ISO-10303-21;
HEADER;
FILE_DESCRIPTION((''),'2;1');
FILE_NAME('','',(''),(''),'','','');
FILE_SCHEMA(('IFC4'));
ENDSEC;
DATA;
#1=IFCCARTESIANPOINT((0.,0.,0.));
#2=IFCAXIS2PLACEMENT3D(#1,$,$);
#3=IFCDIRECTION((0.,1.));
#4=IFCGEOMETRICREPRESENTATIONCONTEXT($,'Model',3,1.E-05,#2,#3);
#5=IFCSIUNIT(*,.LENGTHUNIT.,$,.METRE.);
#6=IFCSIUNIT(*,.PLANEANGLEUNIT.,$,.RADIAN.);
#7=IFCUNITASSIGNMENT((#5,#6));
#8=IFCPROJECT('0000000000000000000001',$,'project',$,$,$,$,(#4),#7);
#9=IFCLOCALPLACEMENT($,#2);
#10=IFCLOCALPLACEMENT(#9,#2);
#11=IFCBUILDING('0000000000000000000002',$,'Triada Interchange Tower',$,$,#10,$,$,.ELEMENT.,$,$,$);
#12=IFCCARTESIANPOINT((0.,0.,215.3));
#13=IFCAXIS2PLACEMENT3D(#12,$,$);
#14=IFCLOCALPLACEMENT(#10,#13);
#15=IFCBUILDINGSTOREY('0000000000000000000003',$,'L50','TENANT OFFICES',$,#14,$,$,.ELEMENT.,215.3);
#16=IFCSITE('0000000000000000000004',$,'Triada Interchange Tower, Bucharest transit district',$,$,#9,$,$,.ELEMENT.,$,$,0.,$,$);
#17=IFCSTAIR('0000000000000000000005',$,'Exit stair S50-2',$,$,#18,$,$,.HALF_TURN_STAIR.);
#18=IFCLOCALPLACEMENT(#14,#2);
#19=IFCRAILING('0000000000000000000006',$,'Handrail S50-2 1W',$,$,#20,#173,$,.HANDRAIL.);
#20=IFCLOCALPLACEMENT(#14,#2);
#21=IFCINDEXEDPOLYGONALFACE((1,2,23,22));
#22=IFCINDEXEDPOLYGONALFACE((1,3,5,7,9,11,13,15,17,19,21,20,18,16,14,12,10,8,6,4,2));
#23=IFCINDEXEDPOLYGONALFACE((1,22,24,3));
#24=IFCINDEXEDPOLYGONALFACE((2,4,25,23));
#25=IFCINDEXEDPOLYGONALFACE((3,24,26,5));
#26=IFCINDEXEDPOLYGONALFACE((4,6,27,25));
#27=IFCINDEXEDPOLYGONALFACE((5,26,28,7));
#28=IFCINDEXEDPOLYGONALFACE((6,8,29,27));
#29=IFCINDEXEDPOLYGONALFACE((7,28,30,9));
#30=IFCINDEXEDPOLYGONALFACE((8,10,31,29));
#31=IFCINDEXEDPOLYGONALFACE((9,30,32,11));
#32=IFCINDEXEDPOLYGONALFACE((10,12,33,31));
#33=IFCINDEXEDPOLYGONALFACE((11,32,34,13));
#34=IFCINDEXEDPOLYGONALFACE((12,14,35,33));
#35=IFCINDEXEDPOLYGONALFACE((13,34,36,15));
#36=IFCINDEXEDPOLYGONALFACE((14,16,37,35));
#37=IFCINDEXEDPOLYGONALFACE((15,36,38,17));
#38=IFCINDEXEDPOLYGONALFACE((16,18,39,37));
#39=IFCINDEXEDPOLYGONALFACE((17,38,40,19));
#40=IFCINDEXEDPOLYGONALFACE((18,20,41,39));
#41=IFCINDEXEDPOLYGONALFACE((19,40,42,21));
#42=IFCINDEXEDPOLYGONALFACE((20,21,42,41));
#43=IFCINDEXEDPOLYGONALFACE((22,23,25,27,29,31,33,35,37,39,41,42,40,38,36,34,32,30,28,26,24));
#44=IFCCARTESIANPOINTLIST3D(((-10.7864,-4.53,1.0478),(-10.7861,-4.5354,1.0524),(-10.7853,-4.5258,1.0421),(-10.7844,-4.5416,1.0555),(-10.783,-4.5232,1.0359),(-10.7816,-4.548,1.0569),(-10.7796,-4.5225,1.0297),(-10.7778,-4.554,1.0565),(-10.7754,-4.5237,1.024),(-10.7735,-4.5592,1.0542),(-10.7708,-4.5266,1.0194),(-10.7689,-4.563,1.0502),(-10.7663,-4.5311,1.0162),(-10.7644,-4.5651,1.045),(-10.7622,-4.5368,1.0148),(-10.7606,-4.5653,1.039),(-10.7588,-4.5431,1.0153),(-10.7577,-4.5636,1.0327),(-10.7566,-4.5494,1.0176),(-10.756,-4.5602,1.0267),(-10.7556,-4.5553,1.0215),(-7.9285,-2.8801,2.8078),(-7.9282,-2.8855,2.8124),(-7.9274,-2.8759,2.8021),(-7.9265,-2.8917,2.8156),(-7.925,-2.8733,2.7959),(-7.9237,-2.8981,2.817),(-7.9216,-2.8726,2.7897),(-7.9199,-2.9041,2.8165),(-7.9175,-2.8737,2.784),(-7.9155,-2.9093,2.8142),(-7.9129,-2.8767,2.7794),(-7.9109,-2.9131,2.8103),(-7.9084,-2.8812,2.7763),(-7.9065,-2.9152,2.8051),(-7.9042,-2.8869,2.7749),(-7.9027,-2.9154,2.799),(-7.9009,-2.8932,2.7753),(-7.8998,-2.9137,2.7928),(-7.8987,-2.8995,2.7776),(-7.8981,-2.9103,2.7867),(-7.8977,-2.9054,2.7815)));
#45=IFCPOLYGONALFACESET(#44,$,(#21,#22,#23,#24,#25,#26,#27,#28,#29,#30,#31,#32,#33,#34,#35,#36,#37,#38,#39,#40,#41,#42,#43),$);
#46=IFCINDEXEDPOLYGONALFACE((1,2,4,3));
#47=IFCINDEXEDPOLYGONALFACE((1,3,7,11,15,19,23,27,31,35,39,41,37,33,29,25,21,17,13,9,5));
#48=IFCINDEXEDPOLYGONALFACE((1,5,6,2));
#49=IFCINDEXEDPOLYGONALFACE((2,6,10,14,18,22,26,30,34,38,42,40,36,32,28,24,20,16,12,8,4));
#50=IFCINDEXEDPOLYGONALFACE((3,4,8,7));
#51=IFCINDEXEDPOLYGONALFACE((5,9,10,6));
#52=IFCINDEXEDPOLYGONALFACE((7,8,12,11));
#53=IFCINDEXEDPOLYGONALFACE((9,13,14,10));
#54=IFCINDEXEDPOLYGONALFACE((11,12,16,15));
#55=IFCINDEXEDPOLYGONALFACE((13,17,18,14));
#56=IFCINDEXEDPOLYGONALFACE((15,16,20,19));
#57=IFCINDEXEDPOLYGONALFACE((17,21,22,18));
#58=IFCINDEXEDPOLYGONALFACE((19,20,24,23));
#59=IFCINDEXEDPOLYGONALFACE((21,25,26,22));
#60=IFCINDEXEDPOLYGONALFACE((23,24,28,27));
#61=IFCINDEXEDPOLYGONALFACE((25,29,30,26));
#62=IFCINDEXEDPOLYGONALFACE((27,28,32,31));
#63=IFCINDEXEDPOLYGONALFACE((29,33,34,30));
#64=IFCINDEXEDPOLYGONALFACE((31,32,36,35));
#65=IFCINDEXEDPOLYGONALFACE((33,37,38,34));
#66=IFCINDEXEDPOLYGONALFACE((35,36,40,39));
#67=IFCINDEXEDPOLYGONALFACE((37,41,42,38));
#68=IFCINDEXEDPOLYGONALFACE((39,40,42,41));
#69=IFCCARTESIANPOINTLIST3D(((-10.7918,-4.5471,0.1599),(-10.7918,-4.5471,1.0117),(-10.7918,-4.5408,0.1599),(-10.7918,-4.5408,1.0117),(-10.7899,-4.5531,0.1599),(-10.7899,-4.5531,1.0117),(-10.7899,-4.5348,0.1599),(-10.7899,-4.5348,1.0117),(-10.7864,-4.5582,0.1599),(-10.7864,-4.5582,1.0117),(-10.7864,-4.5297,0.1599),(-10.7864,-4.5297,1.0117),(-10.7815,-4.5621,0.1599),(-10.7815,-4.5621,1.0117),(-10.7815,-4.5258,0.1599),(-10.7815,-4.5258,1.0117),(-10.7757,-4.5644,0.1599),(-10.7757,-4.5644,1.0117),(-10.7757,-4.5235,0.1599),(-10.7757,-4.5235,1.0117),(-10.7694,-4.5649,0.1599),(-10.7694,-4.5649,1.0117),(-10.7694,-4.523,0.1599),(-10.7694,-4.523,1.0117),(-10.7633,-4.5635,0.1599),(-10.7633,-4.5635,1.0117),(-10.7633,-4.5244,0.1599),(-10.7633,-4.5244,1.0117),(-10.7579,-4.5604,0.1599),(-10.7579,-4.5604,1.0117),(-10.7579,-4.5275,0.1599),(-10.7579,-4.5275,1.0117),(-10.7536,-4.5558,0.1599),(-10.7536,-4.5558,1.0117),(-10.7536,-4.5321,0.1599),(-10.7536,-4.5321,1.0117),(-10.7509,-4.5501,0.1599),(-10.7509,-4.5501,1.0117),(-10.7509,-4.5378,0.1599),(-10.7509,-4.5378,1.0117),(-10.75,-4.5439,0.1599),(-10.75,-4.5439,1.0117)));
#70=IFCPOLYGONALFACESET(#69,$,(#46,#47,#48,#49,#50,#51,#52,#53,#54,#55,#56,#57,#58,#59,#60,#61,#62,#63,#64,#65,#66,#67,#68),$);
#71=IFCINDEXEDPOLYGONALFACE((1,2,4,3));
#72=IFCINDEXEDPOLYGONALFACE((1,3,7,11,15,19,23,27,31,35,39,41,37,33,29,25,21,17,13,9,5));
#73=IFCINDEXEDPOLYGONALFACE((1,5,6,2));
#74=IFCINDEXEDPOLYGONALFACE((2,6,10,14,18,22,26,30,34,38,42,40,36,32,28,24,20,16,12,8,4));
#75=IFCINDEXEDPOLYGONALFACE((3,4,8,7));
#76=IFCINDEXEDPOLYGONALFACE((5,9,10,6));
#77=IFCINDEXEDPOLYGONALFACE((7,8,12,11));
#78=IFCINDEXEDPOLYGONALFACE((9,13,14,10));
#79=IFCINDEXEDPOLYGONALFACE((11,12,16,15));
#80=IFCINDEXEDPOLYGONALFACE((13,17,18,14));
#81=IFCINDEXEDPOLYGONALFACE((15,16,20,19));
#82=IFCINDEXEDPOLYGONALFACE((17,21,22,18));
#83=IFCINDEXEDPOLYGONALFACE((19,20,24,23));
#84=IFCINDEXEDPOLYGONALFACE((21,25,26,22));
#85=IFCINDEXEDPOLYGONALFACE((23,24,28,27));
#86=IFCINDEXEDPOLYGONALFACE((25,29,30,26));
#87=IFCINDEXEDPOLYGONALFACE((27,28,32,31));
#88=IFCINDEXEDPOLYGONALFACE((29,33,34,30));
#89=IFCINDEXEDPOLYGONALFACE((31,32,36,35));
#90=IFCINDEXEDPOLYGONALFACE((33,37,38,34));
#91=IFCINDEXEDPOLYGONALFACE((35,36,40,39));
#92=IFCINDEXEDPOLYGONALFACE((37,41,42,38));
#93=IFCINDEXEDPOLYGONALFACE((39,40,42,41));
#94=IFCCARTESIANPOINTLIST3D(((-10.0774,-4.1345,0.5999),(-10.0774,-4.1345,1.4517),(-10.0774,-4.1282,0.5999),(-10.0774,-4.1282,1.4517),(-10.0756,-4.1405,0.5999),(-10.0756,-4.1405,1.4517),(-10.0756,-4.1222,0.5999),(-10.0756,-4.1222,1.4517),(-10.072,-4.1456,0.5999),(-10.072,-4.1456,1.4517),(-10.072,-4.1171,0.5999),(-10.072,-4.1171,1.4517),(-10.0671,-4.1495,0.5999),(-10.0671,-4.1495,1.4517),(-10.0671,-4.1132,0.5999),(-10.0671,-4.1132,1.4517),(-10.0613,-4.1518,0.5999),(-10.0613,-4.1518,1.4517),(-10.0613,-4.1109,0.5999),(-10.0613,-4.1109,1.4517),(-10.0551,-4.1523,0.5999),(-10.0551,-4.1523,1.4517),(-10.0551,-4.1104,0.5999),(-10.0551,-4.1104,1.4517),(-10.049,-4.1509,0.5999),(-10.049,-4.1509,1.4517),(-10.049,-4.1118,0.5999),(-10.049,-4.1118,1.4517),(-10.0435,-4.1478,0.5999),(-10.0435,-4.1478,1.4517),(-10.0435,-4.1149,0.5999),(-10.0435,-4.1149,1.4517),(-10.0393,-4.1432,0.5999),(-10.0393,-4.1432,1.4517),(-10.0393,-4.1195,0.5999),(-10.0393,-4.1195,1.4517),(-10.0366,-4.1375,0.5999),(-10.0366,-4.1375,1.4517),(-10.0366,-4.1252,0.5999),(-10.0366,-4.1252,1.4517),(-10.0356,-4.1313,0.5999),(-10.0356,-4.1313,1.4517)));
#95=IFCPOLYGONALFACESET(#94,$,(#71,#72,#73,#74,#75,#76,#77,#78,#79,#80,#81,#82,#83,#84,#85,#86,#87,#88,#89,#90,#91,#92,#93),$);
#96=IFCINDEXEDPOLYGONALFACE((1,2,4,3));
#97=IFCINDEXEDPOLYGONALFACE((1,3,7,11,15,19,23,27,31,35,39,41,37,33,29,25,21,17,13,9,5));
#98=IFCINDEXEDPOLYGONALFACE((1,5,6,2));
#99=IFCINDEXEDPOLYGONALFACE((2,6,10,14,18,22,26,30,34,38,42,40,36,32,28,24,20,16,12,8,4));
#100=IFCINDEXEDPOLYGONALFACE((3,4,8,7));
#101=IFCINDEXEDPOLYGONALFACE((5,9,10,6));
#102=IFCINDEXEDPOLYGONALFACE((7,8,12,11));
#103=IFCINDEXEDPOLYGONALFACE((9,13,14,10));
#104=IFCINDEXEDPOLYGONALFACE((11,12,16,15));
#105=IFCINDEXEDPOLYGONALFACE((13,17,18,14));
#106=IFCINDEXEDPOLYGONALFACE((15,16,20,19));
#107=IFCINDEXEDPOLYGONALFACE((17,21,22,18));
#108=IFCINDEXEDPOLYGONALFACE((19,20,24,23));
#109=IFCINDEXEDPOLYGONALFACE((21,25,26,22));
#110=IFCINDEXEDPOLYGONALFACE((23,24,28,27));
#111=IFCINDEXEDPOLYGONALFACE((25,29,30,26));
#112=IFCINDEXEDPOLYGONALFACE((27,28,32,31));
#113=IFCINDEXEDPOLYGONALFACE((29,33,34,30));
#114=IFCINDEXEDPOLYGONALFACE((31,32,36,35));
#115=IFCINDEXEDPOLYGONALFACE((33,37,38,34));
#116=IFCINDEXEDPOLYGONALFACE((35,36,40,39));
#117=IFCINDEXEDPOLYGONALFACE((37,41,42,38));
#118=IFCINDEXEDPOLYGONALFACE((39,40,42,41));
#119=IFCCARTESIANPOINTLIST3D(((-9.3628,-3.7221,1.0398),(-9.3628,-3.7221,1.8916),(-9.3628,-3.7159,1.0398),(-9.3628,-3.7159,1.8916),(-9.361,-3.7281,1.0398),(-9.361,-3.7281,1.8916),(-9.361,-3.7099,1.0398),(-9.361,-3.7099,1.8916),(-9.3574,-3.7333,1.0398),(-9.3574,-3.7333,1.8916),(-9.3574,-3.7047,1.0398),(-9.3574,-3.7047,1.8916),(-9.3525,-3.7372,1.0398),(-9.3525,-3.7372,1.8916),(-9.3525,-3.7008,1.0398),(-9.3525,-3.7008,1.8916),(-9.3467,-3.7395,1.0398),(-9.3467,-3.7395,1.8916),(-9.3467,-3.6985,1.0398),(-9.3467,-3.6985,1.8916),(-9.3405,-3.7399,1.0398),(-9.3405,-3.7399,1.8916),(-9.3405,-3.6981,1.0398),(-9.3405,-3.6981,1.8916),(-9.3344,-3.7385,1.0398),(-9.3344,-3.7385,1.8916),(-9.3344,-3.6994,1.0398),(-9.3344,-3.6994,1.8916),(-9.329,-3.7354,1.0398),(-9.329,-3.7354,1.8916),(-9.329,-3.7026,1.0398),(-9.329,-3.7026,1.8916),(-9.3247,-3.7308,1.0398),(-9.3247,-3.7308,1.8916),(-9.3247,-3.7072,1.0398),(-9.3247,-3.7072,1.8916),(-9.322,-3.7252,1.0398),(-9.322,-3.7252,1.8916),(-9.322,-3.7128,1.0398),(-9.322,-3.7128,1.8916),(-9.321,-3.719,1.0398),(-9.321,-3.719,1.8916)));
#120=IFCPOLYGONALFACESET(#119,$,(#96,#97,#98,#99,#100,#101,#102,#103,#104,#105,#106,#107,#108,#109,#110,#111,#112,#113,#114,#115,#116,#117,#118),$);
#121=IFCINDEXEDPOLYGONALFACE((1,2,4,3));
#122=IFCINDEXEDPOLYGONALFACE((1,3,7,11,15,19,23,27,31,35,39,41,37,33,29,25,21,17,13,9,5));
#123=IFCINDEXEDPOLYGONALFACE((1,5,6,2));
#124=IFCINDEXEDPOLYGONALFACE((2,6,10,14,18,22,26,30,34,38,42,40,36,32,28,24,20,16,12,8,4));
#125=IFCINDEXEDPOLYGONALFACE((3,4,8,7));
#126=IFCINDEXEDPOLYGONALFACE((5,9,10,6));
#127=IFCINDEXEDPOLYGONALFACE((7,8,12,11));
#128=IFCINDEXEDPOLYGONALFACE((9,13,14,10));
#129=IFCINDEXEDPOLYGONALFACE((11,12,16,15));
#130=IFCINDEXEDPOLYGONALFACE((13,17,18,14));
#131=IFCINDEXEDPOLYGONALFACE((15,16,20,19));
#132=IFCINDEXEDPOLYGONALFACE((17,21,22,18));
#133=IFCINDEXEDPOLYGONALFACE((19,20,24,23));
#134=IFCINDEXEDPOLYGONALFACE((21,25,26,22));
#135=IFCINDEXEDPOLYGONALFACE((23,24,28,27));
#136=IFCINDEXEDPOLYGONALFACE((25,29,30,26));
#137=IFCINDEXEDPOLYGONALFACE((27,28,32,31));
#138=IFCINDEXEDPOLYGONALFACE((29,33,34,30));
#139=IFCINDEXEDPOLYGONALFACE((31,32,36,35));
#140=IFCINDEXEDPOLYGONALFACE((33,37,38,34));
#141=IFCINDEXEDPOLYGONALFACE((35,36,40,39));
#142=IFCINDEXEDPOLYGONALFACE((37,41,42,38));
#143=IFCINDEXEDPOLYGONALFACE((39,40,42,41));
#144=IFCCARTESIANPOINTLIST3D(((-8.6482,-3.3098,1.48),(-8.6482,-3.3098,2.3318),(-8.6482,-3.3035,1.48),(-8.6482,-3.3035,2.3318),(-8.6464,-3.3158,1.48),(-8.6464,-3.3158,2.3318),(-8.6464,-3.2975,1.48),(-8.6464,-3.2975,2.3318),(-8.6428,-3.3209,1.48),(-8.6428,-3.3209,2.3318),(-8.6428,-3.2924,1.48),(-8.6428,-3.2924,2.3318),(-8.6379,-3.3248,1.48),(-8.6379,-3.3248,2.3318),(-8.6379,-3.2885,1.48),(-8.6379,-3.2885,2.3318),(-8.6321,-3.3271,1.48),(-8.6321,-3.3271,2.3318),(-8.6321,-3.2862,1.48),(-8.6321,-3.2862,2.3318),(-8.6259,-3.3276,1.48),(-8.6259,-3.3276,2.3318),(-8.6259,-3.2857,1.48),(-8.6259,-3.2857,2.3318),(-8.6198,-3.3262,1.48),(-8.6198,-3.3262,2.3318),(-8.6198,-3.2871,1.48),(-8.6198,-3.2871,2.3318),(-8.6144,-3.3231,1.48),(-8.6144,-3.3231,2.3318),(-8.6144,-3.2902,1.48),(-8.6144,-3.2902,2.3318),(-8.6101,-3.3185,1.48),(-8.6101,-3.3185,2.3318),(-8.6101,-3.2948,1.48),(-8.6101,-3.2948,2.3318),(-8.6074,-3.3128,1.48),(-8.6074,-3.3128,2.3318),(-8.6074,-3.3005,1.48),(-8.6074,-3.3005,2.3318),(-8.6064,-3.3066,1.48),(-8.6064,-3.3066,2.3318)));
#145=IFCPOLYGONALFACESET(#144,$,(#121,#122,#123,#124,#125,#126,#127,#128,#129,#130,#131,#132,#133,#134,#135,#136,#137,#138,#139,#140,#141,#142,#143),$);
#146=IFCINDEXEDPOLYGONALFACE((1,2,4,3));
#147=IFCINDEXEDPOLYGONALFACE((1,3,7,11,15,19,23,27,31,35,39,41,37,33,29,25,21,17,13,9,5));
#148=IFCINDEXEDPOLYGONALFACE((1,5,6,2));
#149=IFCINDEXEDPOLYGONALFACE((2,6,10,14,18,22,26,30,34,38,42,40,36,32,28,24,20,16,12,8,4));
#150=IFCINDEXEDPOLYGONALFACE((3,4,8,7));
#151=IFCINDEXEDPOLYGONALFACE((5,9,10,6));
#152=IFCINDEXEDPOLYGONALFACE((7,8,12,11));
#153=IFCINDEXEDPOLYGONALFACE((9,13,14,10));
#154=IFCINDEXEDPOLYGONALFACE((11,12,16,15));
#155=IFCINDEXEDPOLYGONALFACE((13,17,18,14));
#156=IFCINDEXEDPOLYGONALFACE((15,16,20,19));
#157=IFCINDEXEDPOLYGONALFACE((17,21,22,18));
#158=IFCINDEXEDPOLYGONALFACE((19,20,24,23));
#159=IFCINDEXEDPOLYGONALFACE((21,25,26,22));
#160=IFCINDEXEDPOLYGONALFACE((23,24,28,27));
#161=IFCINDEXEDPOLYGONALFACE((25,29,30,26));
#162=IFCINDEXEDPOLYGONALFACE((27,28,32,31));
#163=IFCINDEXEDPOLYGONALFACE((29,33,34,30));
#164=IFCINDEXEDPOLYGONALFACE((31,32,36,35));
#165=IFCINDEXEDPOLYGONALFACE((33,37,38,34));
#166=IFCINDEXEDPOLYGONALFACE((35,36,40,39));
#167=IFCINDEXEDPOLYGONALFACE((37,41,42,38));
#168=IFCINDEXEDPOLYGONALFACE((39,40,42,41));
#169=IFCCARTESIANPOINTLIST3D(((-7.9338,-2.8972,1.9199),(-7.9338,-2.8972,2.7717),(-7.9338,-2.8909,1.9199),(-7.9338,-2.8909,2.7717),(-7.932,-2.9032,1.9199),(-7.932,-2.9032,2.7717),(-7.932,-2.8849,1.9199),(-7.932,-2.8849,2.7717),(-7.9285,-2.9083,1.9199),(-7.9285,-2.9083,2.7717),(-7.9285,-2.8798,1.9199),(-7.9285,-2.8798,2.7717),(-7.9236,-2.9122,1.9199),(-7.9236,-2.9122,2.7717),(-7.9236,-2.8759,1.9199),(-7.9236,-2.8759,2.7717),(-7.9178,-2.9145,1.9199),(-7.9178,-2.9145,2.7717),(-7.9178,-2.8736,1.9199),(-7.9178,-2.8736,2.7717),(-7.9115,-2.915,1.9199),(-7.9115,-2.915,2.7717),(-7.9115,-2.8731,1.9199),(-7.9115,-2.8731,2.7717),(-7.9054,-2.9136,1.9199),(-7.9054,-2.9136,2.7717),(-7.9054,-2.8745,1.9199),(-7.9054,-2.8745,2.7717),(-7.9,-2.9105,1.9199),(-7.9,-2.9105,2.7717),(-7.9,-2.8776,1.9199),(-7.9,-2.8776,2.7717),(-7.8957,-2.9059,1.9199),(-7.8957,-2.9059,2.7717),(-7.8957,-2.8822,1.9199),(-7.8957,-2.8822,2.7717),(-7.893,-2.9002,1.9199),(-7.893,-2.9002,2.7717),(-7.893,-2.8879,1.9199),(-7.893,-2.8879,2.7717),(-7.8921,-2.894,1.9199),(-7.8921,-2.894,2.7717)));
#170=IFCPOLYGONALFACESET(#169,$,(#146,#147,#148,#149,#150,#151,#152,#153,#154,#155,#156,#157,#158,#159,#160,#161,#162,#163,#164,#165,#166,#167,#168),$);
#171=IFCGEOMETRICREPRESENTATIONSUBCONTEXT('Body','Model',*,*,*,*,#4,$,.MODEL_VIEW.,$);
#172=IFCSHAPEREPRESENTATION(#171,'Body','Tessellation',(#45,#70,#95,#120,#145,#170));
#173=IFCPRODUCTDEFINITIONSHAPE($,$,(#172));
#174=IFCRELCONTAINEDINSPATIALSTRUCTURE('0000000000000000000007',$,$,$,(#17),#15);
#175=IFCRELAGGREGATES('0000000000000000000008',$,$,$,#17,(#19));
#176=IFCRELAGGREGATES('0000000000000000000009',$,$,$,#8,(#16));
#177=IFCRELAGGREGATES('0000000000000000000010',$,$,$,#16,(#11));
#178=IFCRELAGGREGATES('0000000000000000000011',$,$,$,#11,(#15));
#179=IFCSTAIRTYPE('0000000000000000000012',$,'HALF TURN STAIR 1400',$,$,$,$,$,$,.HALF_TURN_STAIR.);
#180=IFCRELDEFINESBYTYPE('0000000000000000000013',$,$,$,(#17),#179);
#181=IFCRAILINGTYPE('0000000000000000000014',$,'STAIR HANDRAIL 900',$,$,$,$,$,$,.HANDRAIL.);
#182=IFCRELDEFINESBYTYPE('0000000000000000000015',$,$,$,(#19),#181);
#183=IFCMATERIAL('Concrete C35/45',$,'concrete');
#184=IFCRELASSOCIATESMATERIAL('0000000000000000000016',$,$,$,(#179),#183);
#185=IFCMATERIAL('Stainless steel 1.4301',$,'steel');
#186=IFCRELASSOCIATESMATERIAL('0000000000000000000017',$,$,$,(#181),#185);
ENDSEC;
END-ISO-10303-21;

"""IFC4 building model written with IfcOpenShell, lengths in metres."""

from ifc_helpers import new_model, si_unit, direction, frame, origin, origin_2d, place, context, subcontext, project, spatial, circle, extrude, material, type_object, element, aggregate, save


model = new_model("IFC4")

# Units and contexts
model_context = context("Model", 3, precision=1e-05, world=origin(), true_north=direction((0.0, 1.0)))
body_context = subcontext(model_context, "Body", "Model", "MODEL_VIEW")
ifc_project = project(units=[si_unit("LENGTHUNIT", "METRE"), si_unit("PLANEANGLEUNIT", "RADIAN")], contexts=[model_context])

# Site, building, storey
site_placement = place(None, origin())
site = spatial("IfcSite", under=ifc_project, at=site_placement, Name="Triada Interchange Tower, Bucharest transit district", CompositionType="ELEMENT", RefElevation=0.0)
building_placement = place(site_placement, origin())
building = spatial("IfcBuilding", under=site, at=building_placement, Name="Triada Interchange Tower", CompositionType="ELEMENT")
storey_placement = place(building_placement, frame((0.0, 0.0, 215.3)))
storey = spatial("IfcBuildingStorey", under=building, at=storey_placement, Name="L50", Description="TENANT OFFICES", CompositionType="ELEMENT", Elevation=215.3)

# Stair, railing
ifc_material_1 = material(Name="Concrete C35/45", Category="concrete")
stair_type = type_object("IfcStairType", Name="HALF TURN STAIR 1400", PredefinedType="HALF_TURN_STAIR", material=ifc_material_1)
stair_placement = place(storey_placement, origin())
stair = element("IfcStair", 1, at=stair_placement, inside=storey, type_object=stair_type, Name="Exit stair S50-2", PredefinedType="HALF_TURN_STAIR")
ifc_material_2 = material(Name="Stainless steel 1.4301", Category="steel")
railing_type = type_object("IfcRailingType", Name="STAIR HANDRAIL 900", PredefinedType="HANDRAIL", material=ifc_material_2)
railing_1_placement = place(storey_placement, frame((-10.771, -4.5439, 0.1599)))
railing_1 = element("IfcRailing", 2, at=railing_1_placement, type_object=railing_type, Name="Handrail S50-2 1W", PredefinedType="HANDRAIL", context=body_context, shape_type="SweptSolid", body=[
    extrude(circle(Radius=0.0239, at=origin_2d()), frame((0.0, 0.0, 0.876), z_axis=(0.764151, 0.441153, 0.470593), x_axis=(-0.499974, 0.86604, 0.0)), (0.0, 0.0, 1.0), 3.74),
    extrude(circle(Radius=0.021, at=origin_2d()), origin(), (0.0, 0.0, 1.0), 0.8518),
    extrude(circle(Radius=0.021, at=origin_2d()), frame((0.7144, 0.4126, 0.4399)), (0.0, 0.0, 1.0), 0.8518),
    extrude(circle(Radius=0.021, at=origin_2d()), frame((1.429, 0.825, 0.8799)), (0.0, 0.0, 1.0), 0.8518),
    extrude(circle(Radius=0.021, at=origin_2d()), frame((2.1436, 1.2373, 1.3201)), (0.0, 0.0, 1.0), 0.8518),
    extrude(circle(Radius=0.021, at=origin_2d()), frame((2.8579, 1.6499, 1.76)), (0.0, 0.0, 1.0), 0.8518),
])
aggregate(stair, [railing_1])

save(model, "model.ifc")
